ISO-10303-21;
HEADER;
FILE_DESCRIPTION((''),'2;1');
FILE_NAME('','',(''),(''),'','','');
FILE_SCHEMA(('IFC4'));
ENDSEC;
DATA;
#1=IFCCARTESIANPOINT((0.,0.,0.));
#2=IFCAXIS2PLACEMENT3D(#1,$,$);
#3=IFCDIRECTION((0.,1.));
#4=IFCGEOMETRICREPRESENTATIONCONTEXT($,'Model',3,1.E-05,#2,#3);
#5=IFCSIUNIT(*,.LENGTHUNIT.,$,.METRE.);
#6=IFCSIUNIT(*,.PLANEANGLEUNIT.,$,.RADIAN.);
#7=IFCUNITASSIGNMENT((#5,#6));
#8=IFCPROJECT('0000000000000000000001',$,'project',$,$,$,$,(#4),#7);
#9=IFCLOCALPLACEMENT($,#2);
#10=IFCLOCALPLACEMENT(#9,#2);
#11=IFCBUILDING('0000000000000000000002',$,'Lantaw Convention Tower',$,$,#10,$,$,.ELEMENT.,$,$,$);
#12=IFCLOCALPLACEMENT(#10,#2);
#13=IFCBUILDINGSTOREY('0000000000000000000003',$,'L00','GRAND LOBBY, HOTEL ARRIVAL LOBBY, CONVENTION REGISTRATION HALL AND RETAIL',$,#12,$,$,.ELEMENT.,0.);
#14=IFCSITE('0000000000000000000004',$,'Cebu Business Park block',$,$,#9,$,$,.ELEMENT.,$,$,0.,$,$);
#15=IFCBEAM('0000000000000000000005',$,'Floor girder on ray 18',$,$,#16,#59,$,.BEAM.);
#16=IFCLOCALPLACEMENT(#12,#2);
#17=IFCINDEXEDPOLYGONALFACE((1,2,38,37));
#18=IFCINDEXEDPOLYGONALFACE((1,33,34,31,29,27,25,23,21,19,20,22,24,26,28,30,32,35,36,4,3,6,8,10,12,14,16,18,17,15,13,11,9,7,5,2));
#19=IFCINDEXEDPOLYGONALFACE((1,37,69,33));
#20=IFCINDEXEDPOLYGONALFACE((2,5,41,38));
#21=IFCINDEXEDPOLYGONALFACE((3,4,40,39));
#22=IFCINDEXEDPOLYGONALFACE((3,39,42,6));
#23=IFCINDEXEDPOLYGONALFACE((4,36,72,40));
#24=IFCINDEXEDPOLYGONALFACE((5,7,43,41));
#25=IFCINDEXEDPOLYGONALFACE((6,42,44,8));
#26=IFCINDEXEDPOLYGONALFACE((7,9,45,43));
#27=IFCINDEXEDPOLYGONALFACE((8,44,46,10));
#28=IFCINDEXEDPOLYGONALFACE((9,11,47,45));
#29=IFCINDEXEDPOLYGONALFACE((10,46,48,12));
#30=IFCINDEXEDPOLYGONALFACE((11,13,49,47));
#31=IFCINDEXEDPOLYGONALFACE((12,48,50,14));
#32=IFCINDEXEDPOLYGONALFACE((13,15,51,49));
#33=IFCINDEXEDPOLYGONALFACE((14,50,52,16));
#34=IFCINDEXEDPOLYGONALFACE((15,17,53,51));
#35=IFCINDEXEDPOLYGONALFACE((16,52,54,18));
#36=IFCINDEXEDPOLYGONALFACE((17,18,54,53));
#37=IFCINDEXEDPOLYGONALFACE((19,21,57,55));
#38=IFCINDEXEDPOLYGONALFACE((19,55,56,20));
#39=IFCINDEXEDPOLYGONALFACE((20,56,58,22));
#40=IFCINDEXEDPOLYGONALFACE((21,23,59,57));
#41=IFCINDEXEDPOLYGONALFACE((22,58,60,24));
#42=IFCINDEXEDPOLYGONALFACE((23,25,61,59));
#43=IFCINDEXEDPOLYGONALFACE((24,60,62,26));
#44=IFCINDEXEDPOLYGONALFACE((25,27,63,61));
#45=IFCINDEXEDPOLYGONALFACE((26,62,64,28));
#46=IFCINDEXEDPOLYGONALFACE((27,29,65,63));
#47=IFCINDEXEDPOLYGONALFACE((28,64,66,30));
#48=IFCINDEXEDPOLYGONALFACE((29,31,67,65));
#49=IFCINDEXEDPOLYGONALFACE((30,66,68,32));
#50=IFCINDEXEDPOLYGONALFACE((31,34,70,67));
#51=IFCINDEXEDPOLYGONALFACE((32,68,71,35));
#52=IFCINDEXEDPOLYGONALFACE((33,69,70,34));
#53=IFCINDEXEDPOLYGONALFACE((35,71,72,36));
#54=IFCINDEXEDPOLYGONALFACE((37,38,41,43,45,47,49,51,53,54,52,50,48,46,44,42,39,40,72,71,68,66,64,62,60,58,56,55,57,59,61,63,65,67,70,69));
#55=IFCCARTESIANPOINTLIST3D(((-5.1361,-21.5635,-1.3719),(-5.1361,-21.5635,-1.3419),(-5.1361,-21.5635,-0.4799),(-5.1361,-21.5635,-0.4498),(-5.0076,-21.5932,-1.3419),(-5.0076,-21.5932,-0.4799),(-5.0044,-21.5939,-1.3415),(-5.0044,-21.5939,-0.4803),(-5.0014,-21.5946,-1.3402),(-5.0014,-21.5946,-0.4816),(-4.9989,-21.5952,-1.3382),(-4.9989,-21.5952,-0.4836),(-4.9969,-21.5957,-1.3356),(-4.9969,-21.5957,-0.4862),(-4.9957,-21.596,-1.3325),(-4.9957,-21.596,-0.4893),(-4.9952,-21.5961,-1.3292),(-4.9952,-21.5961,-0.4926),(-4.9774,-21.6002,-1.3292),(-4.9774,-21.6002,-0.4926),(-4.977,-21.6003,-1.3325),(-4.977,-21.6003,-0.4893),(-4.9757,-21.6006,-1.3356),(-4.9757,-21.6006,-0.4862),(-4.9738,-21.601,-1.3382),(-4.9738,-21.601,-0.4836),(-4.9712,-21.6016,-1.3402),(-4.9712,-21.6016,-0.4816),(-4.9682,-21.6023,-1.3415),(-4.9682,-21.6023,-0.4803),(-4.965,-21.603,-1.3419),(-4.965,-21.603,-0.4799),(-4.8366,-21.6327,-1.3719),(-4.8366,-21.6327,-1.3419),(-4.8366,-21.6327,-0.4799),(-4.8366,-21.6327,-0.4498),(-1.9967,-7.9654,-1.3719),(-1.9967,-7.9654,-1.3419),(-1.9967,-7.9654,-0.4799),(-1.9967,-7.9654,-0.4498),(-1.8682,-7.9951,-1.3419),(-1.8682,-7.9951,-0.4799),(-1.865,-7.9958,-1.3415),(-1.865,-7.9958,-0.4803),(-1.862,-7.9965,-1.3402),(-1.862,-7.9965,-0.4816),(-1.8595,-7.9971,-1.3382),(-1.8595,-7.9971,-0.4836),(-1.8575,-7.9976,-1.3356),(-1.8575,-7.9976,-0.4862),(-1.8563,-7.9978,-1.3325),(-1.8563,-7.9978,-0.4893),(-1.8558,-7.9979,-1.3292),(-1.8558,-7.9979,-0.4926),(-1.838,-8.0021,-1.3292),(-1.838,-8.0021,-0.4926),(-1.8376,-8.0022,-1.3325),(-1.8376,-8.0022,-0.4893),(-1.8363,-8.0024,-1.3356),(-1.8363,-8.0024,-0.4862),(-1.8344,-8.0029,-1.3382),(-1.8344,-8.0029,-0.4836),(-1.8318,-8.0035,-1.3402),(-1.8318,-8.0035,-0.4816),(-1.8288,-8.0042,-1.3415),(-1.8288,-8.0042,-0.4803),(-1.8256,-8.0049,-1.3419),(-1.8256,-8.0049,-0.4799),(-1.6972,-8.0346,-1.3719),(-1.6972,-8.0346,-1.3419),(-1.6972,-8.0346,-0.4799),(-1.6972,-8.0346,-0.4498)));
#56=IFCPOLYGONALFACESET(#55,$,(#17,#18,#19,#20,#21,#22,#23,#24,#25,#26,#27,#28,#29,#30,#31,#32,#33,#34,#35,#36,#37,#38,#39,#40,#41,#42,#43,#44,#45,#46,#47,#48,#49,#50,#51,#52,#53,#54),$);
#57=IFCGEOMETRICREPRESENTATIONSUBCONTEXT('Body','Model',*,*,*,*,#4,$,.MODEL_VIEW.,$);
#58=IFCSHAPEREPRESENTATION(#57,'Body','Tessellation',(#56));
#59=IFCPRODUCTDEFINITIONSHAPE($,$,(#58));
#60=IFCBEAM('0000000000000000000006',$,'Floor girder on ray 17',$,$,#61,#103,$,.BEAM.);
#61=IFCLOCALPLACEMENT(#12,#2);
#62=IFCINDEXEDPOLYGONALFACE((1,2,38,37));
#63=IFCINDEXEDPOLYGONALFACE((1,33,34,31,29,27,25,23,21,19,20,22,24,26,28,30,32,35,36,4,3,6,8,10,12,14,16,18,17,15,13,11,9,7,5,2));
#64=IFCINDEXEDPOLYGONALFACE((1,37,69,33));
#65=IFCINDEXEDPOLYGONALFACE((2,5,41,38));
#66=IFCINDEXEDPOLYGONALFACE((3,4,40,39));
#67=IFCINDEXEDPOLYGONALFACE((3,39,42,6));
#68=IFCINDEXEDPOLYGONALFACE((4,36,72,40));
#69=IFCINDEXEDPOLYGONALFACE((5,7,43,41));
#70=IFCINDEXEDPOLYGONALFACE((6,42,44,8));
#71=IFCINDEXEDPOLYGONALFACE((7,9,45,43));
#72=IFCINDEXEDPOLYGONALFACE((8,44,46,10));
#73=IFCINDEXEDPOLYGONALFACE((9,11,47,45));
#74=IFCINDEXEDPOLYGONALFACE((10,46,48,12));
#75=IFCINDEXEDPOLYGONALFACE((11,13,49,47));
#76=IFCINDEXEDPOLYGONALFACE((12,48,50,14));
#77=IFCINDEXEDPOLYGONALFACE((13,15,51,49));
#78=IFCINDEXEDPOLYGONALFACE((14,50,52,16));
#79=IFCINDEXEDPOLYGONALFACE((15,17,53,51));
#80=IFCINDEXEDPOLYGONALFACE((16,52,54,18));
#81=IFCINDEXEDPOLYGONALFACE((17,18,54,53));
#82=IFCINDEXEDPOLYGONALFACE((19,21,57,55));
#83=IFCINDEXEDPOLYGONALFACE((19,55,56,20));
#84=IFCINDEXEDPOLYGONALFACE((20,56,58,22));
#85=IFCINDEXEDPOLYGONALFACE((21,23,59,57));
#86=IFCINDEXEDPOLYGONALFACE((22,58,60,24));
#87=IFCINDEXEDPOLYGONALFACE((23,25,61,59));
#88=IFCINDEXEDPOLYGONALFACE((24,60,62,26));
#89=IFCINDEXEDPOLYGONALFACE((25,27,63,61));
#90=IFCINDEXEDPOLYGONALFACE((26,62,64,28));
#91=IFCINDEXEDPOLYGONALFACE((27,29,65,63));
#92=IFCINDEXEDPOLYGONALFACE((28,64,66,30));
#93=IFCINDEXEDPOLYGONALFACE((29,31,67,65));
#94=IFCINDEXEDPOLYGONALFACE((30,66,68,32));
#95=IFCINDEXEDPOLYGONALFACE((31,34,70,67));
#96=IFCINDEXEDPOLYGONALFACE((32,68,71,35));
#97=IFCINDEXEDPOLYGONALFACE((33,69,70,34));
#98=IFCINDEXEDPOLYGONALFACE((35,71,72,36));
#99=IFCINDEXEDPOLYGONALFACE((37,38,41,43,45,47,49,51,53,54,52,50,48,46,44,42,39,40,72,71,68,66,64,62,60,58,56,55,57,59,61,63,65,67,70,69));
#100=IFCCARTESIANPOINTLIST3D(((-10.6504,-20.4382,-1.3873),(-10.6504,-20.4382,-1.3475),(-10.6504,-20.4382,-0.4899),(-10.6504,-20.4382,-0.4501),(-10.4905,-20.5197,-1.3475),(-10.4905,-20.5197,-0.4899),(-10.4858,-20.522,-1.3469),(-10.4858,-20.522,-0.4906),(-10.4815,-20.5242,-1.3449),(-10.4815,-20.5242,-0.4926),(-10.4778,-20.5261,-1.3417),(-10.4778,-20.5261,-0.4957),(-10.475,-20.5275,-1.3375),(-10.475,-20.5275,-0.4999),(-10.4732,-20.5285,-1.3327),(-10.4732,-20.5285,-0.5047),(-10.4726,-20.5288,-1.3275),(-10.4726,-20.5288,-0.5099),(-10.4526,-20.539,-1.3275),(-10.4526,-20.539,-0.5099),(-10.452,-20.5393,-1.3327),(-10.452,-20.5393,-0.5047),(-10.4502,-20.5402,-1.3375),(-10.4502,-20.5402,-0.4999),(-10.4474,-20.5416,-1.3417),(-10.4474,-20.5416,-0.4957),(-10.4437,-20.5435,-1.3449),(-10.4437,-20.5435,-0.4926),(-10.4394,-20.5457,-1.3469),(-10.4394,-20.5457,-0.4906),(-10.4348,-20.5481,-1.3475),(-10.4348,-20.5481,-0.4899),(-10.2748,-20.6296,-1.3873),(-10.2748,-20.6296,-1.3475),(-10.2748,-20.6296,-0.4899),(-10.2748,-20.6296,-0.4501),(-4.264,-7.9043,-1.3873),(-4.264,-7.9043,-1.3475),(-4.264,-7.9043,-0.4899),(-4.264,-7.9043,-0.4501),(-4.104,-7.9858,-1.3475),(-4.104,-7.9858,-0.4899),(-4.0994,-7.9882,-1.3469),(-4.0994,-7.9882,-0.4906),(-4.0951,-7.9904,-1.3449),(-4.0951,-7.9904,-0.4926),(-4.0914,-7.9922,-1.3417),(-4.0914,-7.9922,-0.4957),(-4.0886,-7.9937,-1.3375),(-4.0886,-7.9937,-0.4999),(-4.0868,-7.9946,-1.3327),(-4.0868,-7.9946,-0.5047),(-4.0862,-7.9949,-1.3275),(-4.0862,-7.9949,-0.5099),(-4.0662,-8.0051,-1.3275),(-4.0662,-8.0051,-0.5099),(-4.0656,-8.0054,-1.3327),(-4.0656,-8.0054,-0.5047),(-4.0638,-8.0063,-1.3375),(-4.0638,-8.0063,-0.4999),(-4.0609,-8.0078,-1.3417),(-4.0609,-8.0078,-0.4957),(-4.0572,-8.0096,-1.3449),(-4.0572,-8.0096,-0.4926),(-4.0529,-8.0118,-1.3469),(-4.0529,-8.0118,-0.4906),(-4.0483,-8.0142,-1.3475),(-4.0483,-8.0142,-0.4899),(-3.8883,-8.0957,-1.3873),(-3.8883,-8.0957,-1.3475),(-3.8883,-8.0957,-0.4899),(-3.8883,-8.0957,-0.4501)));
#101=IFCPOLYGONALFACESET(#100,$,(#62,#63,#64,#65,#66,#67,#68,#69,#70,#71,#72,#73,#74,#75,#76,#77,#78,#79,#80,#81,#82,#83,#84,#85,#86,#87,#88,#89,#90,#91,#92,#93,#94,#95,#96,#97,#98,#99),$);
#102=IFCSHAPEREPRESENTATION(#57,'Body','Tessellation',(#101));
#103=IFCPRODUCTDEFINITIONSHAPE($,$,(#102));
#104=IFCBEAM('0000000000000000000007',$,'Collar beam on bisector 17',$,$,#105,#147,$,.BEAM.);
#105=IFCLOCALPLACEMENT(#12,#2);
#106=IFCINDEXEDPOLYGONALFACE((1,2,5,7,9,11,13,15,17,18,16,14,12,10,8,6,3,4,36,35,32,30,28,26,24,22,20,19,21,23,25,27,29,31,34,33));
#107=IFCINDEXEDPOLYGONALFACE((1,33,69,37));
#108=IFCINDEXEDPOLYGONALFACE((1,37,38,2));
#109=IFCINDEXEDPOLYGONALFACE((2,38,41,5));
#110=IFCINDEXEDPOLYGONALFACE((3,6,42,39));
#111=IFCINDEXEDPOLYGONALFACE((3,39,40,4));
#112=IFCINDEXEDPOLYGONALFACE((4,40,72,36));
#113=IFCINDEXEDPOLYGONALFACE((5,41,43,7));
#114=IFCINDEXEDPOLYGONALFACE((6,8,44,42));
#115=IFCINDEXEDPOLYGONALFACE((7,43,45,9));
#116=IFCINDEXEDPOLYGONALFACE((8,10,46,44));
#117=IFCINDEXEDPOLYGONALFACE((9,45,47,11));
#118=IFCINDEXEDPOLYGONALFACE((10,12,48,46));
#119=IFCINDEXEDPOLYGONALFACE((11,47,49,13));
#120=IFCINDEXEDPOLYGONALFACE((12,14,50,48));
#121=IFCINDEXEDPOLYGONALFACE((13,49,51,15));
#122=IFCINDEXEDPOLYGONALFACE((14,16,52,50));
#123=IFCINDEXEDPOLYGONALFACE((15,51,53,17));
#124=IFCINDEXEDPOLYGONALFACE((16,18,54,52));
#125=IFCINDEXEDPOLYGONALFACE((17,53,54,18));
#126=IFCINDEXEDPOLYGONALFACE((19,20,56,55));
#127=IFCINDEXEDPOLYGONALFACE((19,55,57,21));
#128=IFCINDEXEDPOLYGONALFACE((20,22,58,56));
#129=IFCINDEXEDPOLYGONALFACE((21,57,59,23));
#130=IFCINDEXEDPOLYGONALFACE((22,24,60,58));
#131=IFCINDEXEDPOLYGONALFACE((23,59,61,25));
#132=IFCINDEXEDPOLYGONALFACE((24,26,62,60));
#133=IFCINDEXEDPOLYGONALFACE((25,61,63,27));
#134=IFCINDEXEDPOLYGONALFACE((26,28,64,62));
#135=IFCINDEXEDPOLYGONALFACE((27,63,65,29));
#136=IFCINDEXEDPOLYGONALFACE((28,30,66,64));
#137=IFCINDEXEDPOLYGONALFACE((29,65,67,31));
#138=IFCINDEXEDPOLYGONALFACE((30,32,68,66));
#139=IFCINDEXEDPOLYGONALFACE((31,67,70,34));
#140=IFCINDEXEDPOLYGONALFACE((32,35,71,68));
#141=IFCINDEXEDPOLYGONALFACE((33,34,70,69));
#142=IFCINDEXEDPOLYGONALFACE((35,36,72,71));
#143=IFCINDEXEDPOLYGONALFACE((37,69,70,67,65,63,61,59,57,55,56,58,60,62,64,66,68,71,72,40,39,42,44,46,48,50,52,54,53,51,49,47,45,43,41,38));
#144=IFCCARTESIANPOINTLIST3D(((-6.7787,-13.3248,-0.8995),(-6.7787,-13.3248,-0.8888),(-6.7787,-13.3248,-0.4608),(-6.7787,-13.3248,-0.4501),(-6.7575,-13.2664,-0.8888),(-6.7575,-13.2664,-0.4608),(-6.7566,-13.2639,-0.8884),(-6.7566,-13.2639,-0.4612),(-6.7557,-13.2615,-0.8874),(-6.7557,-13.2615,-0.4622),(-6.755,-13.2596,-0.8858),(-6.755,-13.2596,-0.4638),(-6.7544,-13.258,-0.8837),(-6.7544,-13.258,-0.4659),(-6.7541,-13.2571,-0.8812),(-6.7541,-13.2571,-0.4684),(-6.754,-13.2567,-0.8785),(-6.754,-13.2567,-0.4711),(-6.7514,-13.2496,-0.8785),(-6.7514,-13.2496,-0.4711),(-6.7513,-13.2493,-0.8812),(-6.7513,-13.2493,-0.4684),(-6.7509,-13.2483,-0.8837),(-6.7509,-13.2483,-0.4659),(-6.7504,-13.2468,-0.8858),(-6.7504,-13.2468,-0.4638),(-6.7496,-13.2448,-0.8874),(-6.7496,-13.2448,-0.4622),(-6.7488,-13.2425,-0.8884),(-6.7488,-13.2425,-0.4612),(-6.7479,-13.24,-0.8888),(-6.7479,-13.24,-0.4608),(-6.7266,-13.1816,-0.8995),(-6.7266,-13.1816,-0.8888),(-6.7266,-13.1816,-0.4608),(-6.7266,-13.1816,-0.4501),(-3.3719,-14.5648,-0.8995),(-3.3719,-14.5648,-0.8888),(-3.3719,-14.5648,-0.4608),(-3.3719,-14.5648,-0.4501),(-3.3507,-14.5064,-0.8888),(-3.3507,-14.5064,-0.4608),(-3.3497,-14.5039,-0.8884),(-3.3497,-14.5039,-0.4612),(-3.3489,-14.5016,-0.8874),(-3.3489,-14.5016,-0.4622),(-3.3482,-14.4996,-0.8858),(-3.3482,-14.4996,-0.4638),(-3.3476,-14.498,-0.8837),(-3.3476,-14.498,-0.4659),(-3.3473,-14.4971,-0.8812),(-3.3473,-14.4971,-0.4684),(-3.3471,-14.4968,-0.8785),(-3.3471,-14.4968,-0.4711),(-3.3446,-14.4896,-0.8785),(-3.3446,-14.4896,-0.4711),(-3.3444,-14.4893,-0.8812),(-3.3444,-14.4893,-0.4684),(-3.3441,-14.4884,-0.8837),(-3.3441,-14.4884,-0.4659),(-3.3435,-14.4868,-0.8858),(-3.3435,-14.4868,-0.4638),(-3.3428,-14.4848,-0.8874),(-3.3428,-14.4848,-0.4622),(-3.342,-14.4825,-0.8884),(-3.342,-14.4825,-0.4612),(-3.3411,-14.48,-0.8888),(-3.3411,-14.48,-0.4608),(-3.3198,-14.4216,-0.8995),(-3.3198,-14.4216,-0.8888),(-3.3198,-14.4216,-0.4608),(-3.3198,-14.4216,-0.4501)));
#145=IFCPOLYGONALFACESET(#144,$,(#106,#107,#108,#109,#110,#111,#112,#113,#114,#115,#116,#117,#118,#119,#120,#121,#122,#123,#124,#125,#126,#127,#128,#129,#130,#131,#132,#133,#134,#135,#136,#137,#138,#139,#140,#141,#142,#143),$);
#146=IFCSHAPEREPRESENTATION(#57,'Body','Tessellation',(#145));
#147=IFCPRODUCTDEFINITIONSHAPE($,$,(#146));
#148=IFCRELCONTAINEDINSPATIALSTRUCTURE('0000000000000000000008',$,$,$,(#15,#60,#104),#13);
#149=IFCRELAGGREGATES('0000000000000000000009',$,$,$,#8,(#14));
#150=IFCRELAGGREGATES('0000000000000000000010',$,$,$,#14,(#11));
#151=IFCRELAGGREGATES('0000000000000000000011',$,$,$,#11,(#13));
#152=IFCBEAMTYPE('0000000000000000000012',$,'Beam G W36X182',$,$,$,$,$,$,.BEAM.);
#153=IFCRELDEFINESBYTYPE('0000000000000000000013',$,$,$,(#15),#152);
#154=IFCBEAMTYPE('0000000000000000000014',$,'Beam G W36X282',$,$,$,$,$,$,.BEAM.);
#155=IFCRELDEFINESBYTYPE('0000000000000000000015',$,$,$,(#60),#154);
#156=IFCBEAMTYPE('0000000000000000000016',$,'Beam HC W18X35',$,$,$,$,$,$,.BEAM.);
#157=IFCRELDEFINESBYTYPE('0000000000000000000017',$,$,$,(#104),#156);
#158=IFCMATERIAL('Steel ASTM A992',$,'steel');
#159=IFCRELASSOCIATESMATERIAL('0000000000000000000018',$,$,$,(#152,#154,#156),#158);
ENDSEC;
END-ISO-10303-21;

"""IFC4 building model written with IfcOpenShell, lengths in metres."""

from ifc_helpers import new_model, si_unit, direction, frame, origin, origin_2d, place, context, subcontext, project, spatial, i_section, extrude, material, material_profile, profile_set, type_object, element, save


model = new_model("IFC4")

# Units and contexts
model_context = context("Model", 3, precision=1e-05, world=origin(), true_north=direction((0.0, 1.0)))
body_context = subcontext(model_context, "Body", "Model", "MODEL_VIEW")
ifc_project = project(units=[si_unit("LENGTHUNIT", "METRE"), si_unit("PLANEANGLEUNIT", "RADIAN")], contexts=[model_context])

# Site, building, storey
site_placement = place(None, origin())
site = spatial("IfcSite", under=ifc_project, at=site_placement, Name="Cebu Business Park block", CompositionType="ELEMENT", RefElevation=0.0)
building_placement = place(site_placement, origin())
building = spatial("IfcBuilding", under=site, at=building_placement, Name="Lantaw Convention Tower", CompositionType="ELEMENT")
storey_placement = place(building_placement, origin())
storey = spatial("IfcBuildingStorey", under=building, at=storey_placement, Name="L00", Description="GRAND LOBBY, HOTEL ARRIVAL LOBBY, CONVENTION REGISTRATION HALL AND RETAIL", CompositionType="ELEMENT", Elevation=0.0)

# Beams
ifc_material_1 = material(Name="Steel ASTM A992", Category="steel")
ifc_material_profile_1 = material_profile(ifc_material_1, i_section(OverallWidth=0.3074, OverallDepth=0.9221, WebThickness=0.0183, FlangeThickness=0.03, FilletRadius=0.0127, at=origin_2d()), Name="W36X182")
ifc_profile_set_1 = profile_set([ifc_material_profile_1], Name="Steel ASTM A992")
beam_type_1 = type_object("IfcBeamType", Name="Beam G W36X182", PredefinedType="BEAM", material=ifc_profile_set_1)
beam_1_placement = place(storey_placement, frame((-1.8469, -8.0, -0.9109), z_axis=(-0.224953, -0.97437, 0.0), x_axis=(0.97437, -0.224953, 0.0)))
element("IfcBeam", 1, at=beam_1_placement, inside=storey, type_object=beam_type_1, Name="Floor girder on ray 18", PredefinedType="BEAM", context=body_context, shape_type="SweptSolid", body=[
    extrude(i_section(OverallWidth=0.3074, OverallDepth=0.9221, WebThickness=0.0183, FlangeThickness=0.03, FilletRadius=0.0127, at=origin_2d()), origin(), (0.0, 0.0, 1.0), 13.9558),
])
ifc_material_profile_2 = material_profile(ifc_material_1, i_section(OverallWidth=0.4216, OverallDepth=0.9373, WebThickness=0.0225, FlangeThickness=0.0398, FilletRadius=0.02, at=origin_2d()), Name="W36X282")
ifc_profile_set_2 = profile_set([ifc_material_profile_2], Name="Steel ASTM A992")
beam_type_2 = type_object("IfcBeamType", Name="Beam G W36X282", PredefinedType="BEAM", material=ifc_profile_set_2)
beam_2_placement = place(storey_placement, frame((-4.0762, -8.0, -0.9187), z_axis=(-0.453997, -0.891003, 0.0), x_axis=(0.891003, -0.453997, 0.0)))
element("IfcBeam", 2, at=beam_2_placement, inside=storey, type_object=beam_type_2, Name="Floor girder on ray 17", PredefinedType="BEAM", context=body_context, shape_type="SweptSolid", body=[
    extrude(i_section(OverallWidth=0.4216, OverallDepth=0.9373, WebThickness=0.0225, FlangeThickness=0.0398, FilletRadius=0.02, at=origin_2d()), origin(), (0.0, 0.0, 1.0), 14.0671),
])
ifc_material_profile_3 = material_profile(ifc_material_1, i_section(OverallWidth=0.1523, OverallDepth=0.4495, WebThickness=0.0076, FlangeThickness=0.0107, FilletRadius=0.0103, at=origin_2d()), Name="W18X35")
ifc_profile_set_3 = profile_set([ifc_material_profile_3], Name="Steel ASTM A992")
beam_type_3 = type_object("IfcBeamType", Name="Beam HC W18X35", PredefinedType="BEAM", material=ifc_profile_set_3)
beam_3_placement = place(storey_placement, frame((-6.7527, -13.2532, -0.6748), z_axis=(0.939689, -0.34203, 0.0), x_axis=(0.34203, 0.939689, 0.0)))
element("IfcBeam", 3, at=beam_3_placement, inside=storey, type_object=beam_type_3, Name="Collar beam on bisector 17", PredefinedType="BEAM", context=body_context, shape_type="SweptSolid", body=[
    extrude(i_section(OverallWidth=0.1523, OverallDepth=0.4495, WebThickness=0.0076, FlangeThickness=0.0107, FilletRadius=0.0103, at=origin_2d()), origin(), (0.0, 0.0, 1.0), 3.6255),
])

save(model, "model.ifc")
